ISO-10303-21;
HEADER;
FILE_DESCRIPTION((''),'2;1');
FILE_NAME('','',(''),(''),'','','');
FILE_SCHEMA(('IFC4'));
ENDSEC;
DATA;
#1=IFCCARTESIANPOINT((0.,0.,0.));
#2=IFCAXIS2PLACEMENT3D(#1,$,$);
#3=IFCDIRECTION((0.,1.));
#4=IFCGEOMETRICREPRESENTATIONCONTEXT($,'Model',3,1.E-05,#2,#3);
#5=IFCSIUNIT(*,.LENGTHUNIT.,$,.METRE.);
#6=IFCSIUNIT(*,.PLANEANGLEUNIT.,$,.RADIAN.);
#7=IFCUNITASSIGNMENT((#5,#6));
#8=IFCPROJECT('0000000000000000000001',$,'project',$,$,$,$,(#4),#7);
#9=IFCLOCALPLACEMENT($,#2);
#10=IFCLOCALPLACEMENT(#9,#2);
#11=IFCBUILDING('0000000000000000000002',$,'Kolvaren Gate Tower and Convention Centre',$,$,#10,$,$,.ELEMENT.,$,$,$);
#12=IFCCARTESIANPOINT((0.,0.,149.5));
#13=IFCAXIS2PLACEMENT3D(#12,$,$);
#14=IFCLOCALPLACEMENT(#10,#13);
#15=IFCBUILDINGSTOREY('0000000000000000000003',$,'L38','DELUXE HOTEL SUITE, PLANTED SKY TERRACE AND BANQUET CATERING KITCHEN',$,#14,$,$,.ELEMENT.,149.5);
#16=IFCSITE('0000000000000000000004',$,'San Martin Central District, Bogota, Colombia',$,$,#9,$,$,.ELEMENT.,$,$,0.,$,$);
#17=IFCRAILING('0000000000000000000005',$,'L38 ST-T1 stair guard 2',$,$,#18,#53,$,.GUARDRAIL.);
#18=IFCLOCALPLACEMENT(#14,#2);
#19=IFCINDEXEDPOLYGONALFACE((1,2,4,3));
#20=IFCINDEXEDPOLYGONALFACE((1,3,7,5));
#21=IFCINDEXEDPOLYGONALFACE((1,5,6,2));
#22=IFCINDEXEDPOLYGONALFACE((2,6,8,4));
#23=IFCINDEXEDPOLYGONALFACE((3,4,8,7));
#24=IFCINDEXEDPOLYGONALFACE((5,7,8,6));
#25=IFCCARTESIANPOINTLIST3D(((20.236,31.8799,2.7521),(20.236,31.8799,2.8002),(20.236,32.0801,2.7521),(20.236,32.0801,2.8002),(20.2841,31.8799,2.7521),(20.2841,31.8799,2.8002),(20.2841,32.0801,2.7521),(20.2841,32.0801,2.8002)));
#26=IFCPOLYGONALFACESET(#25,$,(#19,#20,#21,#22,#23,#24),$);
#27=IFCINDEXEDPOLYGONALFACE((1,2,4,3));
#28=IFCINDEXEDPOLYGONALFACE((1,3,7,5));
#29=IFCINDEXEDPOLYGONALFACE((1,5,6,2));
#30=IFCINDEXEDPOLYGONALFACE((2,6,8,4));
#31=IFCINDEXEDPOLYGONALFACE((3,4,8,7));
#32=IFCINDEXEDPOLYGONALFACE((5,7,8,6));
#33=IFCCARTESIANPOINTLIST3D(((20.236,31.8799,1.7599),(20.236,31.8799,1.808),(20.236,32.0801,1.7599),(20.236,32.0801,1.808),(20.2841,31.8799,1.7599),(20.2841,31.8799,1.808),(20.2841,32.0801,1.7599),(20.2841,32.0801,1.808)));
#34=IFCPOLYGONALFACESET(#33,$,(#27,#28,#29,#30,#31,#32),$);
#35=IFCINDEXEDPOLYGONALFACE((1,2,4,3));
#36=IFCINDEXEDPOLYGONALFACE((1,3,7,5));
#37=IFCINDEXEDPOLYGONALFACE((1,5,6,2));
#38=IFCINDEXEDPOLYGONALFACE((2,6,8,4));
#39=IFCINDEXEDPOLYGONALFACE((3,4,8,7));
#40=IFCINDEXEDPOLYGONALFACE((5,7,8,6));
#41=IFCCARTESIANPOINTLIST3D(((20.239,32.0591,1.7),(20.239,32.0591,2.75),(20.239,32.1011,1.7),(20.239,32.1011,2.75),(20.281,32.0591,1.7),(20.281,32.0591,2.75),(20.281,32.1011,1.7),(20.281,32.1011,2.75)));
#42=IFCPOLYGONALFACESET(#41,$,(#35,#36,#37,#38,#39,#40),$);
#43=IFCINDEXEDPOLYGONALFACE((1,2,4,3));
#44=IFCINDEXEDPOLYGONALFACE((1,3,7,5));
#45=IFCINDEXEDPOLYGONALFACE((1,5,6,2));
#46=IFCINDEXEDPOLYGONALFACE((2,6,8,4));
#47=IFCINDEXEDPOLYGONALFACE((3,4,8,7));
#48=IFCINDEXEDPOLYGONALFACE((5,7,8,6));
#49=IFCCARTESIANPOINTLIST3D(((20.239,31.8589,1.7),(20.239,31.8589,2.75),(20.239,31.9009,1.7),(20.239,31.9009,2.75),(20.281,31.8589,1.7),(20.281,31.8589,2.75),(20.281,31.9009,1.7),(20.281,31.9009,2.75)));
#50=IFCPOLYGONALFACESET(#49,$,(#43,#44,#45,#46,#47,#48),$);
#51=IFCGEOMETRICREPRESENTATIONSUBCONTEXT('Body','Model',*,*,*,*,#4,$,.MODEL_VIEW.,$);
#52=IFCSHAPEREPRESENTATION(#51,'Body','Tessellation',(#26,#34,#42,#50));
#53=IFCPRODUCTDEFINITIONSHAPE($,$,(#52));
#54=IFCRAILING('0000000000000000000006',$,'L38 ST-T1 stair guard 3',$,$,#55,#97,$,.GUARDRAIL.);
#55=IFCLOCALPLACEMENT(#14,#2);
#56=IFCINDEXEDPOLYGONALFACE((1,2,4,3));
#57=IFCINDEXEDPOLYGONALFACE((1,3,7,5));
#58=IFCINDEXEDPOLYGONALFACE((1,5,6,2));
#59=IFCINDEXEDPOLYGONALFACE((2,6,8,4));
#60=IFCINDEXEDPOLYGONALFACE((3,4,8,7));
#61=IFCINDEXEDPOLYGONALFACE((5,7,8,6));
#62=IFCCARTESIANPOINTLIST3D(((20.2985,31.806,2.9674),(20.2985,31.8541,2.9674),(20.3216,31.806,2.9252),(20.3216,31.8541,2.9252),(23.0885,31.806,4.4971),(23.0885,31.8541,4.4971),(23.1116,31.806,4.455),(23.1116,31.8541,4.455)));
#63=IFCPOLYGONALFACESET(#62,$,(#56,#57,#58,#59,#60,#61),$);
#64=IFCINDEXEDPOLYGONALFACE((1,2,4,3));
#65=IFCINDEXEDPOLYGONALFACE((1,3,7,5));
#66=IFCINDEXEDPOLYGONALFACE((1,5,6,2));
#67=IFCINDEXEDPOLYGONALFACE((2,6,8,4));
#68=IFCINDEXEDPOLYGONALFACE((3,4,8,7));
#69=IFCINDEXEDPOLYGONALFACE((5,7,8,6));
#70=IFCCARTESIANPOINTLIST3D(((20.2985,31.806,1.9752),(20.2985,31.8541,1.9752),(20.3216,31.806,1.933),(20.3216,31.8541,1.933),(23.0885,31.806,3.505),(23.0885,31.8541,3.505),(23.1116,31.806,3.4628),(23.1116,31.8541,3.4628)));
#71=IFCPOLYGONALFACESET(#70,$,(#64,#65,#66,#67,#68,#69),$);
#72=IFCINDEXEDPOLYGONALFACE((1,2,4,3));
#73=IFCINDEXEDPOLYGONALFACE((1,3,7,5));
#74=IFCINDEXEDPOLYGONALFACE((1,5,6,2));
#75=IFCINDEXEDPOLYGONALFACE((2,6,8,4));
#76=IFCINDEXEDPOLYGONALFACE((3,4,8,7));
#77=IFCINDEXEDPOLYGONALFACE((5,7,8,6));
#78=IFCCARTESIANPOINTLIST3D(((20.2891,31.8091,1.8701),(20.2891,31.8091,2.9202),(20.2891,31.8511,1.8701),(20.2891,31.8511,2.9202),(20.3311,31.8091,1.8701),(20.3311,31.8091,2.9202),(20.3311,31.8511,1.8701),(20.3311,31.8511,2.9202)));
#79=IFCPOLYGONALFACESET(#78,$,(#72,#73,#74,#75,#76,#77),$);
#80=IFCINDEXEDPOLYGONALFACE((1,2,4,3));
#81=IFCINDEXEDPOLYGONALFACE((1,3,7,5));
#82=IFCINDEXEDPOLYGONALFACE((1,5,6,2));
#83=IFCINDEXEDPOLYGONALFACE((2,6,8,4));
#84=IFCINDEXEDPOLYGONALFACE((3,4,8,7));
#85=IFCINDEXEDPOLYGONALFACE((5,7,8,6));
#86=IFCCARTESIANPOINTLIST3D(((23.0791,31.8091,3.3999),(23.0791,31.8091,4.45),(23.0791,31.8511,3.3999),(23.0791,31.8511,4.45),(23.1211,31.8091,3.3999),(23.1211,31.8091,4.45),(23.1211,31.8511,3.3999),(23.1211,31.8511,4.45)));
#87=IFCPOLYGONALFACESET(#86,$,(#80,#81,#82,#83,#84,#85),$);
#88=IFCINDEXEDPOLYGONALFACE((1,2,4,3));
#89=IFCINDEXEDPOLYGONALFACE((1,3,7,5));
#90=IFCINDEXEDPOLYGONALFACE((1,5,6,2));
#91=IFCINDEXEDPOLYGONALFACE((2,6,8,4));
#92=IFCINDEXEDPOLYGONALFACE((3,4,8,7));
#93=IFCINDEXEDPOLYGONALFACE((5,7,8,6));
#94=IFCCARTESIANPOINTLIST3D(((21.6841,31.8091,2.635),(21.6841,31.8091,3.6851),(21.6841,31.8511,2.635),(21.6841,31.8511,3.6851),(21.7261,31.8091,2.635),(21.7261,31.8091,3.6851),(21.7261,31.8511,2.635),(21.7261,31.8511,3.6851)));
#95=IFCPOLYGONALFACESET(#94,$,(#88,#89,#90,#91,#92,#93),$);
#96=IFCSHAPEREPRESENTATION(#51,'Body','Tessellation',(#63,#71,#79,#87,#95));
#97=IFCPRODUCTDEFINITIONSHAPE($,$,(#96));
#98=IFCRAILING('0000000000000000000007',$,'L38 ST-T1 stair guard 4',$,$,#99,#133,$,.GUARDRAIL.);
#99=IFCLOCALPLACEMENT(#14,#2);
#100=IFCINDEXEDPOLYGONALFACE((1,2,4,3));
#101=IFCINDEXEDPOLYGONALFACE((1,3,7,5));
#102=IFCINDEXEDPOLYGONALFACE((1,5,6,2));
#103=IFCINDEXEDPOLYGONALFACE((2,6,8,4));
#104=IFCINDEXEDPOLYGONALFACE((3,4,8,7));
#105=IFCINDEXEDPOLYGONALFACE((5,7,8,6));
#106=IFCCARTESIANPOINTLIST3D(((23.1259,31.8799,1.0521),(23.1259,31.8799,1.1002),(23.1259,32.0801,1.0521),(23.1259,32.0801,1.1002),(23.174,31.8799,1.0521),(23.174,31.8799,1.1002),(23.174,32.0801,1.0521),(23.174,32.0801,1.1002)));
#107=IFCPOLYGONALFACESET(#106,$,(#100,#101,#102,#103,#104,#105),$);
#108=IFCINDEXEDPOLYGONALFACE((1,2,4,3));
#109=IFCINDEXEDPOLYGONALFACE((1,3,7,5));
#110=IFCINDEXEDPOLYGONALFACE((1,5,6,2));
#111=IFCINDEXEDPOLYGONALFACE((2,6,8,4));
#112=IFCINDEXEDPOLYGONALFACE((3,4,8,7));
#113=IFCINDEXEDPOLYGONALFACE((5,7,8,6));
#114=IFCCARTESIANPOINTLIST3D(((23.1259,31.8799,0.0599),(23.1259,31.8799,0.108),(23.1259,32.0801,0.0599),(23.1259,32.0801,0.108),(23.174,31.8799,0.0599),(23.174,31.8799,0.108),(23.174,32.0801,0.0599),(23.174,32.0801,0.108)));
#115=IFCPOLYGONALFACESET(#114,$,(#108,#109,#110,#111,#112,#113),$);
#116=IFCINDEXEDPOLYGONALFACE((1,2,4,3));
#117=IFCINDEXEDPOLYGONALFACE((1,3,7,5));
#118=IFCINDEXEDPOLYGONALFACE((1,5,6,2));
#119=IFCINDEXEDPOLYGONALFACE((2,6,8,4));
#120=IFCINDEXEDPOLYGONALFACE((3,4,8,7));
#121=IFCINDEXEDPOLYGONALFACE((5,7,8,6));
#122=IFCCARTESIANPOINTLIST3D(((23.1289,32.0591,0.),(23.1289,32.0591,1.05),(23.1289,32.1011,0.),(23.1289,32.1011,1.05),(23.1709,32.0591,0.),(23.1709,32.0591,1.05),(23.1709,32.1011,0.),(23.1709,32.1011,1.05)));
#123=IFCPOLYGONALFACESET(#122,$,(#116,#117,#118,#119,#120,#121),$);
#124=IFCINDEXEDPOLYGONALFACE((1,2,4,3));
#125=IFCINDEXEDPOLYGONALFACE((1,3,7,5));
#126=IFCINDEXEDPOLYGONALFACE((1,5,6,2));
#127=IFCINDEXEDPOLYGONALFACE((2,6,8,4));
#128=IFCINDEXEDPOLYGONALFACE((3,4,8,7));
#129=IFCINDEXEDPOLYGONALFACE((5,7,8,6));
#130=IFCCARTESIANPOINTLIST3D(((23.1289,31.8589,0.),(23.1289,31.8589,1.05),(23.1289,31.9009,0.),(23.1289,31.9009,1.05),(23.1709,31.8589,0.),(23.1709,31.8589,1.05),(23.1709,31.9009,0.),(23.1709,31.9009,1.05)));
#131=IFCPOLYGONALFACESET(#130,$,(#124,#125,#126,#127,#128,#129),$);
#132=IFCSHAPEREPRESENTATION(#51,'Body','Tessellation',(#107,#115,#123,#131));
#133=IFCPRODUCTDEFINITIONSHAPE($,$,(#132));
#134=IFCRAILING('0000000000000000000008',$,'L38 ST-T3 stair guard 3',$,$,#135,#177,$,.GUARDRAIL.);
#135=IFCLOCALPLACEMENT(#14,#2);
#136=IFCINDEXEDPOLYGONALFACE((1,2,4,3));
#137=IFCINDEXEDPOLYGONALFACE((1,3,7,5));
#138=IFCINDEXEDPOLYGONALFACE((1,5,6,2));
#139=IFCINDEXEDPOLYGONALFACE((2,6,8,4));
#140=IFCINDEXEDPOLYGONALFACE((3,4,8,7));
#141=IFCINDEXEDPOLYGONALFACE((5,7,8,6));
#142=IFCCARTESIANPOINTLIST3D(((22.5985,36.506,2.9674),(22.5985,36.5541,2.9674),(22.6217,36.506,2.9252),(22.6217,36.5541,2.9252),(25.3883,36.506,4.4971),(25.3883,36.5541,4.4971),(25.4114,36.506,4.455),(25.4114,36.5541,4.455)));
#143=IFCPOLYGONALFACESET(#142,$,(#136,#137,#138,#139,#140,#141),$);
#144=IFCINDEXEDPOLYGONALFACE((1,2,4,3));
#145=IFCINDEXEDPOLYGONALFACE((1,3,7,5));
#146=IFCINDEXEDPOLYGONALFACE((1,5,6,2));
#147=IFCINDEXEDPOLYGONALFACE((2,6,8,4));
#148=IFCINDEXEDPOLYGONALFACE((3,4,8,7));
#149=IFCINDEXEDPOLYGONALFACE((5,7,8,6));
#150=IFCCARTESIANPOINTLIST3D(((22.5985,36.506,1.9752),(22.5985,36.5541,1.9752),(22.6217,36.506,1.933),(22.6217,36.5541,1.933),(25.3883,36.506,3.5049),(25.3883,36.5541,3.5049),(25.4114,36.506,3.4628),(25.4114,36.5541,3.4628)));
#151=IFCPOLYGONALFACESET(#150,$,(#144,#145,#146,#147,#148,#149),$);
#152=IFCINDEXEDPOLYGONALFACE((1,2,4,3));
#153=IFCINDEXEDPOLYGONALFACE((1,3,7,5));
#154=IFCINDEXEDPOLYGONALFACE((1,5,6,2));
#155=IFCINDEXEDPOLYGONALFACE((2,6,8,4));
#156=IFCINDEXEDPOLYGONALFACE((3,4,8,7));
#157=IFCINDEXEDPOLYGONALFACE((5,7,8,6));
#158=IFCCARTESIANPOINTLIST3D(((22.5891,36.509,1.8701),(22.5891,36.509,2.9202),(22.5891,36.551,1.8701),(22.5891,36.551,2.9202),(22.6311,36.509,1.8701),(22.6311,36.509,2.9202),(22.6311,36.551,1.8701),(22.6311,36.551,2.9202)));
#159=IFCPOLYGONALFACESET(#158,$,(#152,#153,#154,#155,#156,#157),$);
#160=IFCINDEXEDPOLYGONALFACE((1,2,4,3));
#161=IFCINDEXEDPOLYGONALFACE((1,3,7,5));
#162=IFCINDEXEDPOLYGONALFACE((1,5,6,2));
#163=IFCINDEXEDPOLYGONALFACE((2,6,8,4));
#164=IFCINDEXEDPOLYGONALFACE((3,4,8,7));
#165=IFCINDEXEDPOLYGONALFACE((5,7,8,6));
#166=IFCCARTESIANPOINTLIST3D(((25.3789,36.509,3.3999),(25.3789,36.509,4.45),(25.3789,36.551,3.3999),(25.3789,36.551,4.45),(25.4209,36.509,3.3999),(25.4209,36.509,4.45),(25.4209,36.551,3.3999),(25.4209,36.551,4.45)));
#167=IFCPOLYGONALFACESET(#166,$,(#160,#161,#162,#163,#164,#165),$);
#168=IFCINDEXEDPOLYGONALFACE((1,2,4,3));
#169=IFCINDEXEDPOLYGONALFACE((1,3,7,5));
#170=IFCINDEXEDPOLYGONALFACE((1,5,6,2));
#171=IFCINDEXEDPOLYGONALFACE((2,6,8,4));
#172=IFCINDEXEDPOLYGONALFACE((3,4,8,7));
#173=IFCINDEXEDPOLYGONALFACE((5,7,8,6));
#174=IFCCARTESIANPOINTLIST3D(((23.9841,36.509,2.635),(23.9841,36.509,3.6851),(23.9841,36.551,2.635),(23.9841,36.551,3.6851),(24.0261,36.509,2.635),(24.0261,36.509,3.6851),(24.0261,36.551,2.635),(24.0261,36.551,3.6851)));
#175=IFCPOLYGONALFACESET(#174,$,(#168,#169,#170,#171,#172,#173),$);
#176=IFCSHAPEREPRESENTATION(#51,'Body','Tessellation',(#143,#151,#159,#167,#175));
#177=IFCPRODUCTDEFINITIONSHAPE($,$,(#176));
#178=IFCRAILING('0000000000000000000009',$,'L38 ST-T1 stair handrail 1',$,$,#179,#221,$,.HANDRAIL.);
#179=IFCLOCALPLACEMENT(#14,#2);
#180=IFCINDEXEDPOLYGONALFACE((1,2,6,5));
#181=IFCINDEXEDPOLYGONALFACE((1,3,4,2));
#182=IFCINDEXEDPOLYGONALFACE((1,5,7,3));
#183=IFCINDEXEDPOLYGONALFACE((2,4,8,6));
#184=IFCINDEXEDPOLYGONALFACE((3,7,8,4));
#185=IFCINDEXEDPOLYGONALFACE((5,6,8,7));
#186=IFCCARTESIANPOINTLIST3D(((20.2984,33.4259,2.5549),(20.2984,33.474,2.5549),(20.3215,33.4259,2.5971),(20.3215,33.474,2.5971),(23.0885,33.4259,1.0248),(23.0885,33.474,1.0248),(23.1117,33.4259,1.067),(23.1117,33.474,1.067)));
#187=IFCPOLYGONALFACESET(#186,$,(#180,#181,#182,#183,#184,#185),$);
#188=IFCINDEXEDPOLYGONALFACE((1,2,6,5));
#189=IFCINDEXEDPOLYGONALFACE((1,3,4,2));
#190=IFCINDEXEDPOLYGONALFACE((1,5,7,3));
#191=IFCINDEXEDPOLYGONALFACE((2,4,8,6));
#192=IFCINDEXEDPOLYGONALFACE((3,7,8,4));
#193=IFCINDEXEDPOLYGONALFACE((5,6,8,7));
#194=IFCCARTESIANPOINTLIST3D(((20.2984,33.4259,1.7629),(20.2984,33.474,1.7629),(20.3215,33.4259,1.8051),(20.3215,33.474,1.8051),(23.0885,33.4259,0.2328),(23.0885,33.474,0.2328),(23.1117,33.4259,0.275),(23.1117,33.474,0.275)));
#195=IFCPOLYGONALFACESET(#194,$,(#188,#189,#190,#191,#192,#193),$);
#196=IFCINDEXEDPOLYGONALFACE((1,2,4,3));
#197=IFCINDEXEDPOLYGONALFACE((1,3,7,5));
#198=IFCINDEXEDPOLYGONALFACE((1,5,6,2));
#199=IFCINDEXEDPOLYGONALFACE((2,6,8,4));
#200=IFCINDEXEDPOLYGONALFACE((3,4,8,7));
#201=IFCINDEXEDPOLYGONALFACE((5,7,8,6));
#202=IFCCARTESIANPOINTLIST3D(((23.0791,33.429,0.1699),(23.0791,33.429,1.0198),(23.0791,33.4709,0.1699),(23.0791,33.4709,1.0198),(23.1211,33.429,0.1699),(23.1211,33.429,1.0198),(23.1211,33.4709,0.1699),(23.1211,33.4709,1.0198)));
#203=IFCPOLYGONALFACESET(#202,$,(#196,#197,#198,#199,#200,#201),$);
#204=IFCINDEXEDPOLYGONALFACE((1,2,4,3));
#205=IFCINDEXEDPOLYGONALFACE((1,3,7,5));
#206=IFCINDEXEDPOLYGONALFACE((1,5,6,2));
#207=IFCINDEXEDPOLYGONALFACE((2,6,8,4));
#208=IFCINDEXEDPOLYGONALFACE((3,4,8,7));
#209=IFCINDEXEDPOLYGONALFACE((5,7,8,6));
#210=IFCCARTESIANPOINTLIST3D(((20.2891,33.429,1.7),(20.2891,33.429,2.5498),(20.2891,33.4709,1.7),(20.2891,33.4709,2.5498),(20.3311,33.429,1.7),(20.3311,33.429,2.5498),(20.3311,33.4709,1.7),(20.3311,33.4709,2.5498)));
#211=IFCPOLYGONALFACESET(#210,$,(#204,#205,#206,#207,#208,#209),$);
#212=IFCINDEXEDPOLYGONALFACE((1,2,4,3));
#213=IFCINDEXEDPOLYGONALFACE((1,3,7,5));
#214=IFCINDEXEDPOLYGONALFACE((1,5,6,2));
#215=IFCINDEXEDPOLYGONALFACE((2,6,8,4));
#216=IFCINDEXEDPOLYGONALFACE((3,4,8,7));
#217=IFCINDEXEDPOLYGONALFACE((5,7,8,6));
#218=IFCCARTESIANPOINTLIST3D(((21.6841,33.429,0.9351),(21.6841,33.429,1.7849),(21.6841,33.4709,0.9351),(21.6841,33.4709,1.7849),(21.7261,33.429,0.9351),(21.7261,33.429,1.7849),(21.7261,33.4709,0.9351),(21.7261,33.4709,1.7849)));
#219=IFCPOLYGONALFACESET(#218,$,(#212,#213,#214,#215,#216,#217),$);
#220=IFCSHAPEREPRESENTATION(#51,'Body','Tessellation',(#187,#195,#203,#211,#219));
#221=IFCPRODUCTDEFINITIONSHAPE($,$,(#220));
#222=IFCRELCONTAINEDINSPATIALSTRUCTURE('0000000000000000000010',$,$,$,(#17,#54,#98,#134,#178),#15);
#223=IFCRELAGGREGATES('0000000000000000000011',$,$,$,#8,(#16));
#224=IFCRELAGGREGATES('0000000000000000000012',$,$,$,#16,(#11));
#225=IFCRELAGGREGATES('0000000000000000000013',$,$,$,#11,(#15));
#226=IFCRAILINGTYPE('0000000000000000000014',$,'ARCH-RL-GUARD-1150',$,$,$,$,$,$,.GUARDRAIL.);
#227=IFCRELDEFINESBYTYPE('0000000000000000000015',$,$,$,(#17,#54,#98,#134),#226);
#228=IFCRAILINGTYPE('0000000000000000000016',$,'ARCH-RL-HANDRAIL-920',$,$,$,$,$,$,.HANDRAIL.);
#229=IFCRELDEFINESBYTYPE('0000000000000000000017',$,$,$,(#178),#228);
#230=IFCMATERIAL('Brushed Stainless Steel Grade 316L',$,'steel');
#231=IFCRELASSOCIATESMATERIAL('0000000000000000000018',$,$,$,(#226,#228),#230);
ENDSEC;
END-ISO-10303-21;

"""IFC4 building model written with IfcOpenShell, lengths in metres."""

from ifc_helpers import new_model, si_unit, direction, frame, origin, origin_2d, place, context, subcontext, project, spatial, rectangle, extrude, material, type_object, element, save


model = new_model("IFC4")

# Units and contexts
model_context = context("Model", 3, precision=1e-05, world=origin(), true_north=direction((0.0, 1.0)))
body_context = subcontext(model_context, "Body", "Model", "MODEL_VIEW")
ifc_project = project(units=[si_unit("LENGTHUNIT", "METRE"), si_unit("PLANEANGLEUNIT", "RADIAN")], contexts=[model_context])

# Site, building, storey
site_placement = place(None, origin())
site = spatial("IfcSite", under=ifc_project, at=site_placement, Name="San Martin Central District, Bogota, Colombia", CompositionType="ELEMENT", RefElevation=0.0)
building_placement = place(site_placement, origin())
building = spatial("IfcBuilding", under=site, at=building_placement, Name="Kolvaren Gate Tower and Convention Centre", CompositionType="ELEMENT")
storey_placement = place(building_placement, frame((0.0, 0.0, 149.5)))
storey = spatial("IfcBuildingStorey", under=building, at=storey_placement, Name="L38", Description="DELUXE HOTEL SUITE, PLANTED SKY TERRACE AND BANQUET CATERING KITCHEN", CompositionType="ELEMENT", Elevation=149.5)

# Shared definitions
ifc_material_1 = material(Name="Brushed Stainless Steel Grade 316L", Category="steel")

# Railings
railing_type_1 = type_object("IfcRailingType", Name="ARCH-RL-GUARD-1150", PredefinedType="GUARDRAIL", material=ifc_material_1)
railing_1_placement = place(storey_placement, frame((20.26, 32.0801, 1.7)))
element("IfcRailing", 1, at=railing_1_placement, inside=storey, type_object=railing_type_1, Name="L38 ST-T1 stair guard 2", PredefinedType="GUARDRAIL", context=body_context, shape_type="SweptSolid", body=[
    extrude(rectangle(XDim=0.0481, YDim=0.0481, at=origin_2d()), frame((0.0, 0.0, 1.0762), z_axis=(0.0, -1.0, 0.0), x_axis=(1.0, 0.0, 0.0)), (0.0, 0.0, 1.0), 0.2002),
    extrude(rectangle(XDim=0.0481, YDim=0.0481, at=origin_2d()), frame((0.0, 0.0, 0.084), z_axis=(0.0, -1.0, 0.0), x_axis=(1.0, 0.0, 0.0)), (0.0, 0.0, 1.0), 0.2002),
    extrude(rectangle(XDim=0.042, YDim=0.042, at=origin_2d()), origin(), (0.0, 0.0, 1.0), 1.05),
    extrude(rectangle(XDim=0.042, YDim=0.042, at=origin_2d()), frame((0.0, -0.2002, 0.0)), (0.0, 0.0, 1.0), 1.05),
])
railing_2_placement = place(storey_placement, frame((20.3101, 31.8301, 1.8701)))
element("IfcRailing", 2, at=railing_2_placement, inside=storey, type_object=railing_type_1, Name="L38 ST-T1 stair guard 3", PredefinedType="GUARDRAIL", context=body_context, shape_type="SweptSolid", body=[
    extrude(rectangle(XDim=0.0481, YDim=0.0481, at=origin_2d()), frame((0.0, 0.0, 1.0762), z_axis=(0.876844, 0.0, 0.480776), x_axis=(0.0, 1.0, 0.0)), (0.0, 0.0, 1.0), 3.1819),
    extrude(rectangle(XDim=0.0481, YDim=0.0481, at=origin_2d()), frame((0.0, 0.0, 0.084), z_axis=(0.876844, 0.0, 0.480776), x_axis=(0.0, 1.0, 0.0)), (0.0, 0.0, 1.0), 3.1819),
    extrude(rectangle(XDim=0.042, YDim=0.042, at=origin_2d()), origin(), (0.0, 0.0, 1.0), 1.05),
    extrude(rectangle(XDim=0.042, YDim=0.042, at=origin_2d()), frame((2.79, 0.0, 1.5298)), (0.0, 0.0, 1.0), 1.05),
    extrude(rectangle(XDim=0.042, YDim=0.042, at=origin_2d()), frame((1.395, 0.0, 0.7649)), (0.0, 0.0, 1.0), 1.05),
])
railing_3_placement = place(storey_placement, frame((23.1499, 32.0801, 0.0)))
element("IfcRailing", 3, at=railing_3_placement, inside=storey, type_object=railing_type_1, Name="L38 ST-T1 stair guard 4", PredefinedType="GUARDRAIL", context=body_context, shape_type="SweptSolid", body=[
    extrude(rectangle(XDim=0.0481, YDim=0.0481, at=origin_2d()), frame((0.0, 0.0, 1.0762), z_axis=(0.0, -1.0, 0.0), x_axis=(1.0, 0.0, 0.0)), (0.0, 0.0, 1.0), 0.2002),
    extrude(rectangle(XDim=0.0481, YDim=0.0481, at=origin_2d()), frame((0.0, 0.0, 0.084), z_axis=(0.0, -1.0, 0.0), x_axis=(1.0, 0.0, 0.0)), (0.0, 0.0, 1.0), 0.2002),
    extrude(rectangle(XDim=0.042, YDim=0.042, at=origin_2d()), origin(), (0.0, 0.0, 1.0), 1.05),
    extrude(rectangle(XDim=0.042, YDim=0.042, at=origin_2d()), frame((0.0, -0.2002, 0.0)), (0.0, 0.0, 1.0), 1.05),
])
railing_4_placement = place(storey_placement, frame((22.6101, 36.53, 1.8701)))
element("IfcRailing", 4, at=railing_4_placement, inside=storey, type_object=railing_type_1, Name="L38 ST-T3 stair guard 3", PredefinedType="GUARDRAIL", context=body_context, shape_type="SweptSolid", body=[
    extrude(rectangle(XDim=0.0481, YDim=0.0481, at=origin_2d()), frame((0.0, 0.0, 1.0762), z_axis=(0.876826, 0.0, 0.480808), x_axis=(0.0, 1.0, 0.0)), (0.0, 0.0, 1.0), 3.1816),
    extrude(rectangle(XDim=0.0481, YDim=0.0481, at=origin_2d()), frame((0.0, 0.0, 0.084), z_axis=(0.876826, 0.0, 0.480808), x_axis=(0.0, 1.0, 0.0)), (0.0, 0.0, 1.0), 3.1816),
    extrude(rectangle(XDim=0.042, YDim=0.042, at=origin_2d()), origin(), (0.0, 0.0, 1.0), 1.05),
    extrude(rectangle(XDim=0.042, YDim=0.042, at=origin_2d()), frame((2.7898, 0.0, 1.5298)), (0.0, 0.0, 1.0), 1.05),
    extrude(rectangle(XDim=0.042, YDim=0.042, at=origin_2d()), frame((1.395, 0.0, 0.7649)), (0.0, 0.0, 1.0), 1.05),
])
railing_type_2 = type_object("IfcRailingType", Name="ARCH-RL-HANDRAIL-920", PredefinedType="HANDRAIL", material=ifc_material_1)
railing_5_placement = place(storey_placement, frame((23.1001, 33.45, 0.1699)))
element("IfcRailing", 5, at=railing_5_placement, inside=storey, type_object=railing_type_2, Name="L38 ST-T1 stair handrail 1", PredefinedType="HANDRAIL", context=body_context, shape_type="SweptSolid", body=[
    extrude(rectangle(XDim=0.0481, YDim=0.0481, at=origin_2d()), frame((0.0, 0.0, 0.876), z_axis=(-0.876811, 0.0, 0.480835), x_axis=(0.0, -1.0, 0.0)), (0.0, 0.0, 1.0), 3.1821),
    extrude(rectangle(XDim=0.0481, YDim=0.0481, at=origin_2d()), frame((0.0, 0.0, 0.084), z_axis=(-0.876811, 0.0, 0.480835), x_axis=(0.0, -1.0, 0.0)), (0.0, 0.0, 1.0), 3.1821),
    extrude(rectangle(XDim=0.042, YDim=0.042, at=origin_2d()), origin(), (0.0, 0.0, 1.0), 0.8499),
    extrude(rectangle(XDim=0.042, YDim=0.042, at=origin_2d()), frame((-2.79, 0.0, 1.53)), (0.0, 0.0, 1.0), 0.8499),
    extrude(rectangle(XDim=0.042, YDim=0.042, at=origin_2d()), frame((-1.395, 0.0, 0.7651)), (0.0, 0.0, 1.0), 0.8499),
])

save(model, "model.ifc")
